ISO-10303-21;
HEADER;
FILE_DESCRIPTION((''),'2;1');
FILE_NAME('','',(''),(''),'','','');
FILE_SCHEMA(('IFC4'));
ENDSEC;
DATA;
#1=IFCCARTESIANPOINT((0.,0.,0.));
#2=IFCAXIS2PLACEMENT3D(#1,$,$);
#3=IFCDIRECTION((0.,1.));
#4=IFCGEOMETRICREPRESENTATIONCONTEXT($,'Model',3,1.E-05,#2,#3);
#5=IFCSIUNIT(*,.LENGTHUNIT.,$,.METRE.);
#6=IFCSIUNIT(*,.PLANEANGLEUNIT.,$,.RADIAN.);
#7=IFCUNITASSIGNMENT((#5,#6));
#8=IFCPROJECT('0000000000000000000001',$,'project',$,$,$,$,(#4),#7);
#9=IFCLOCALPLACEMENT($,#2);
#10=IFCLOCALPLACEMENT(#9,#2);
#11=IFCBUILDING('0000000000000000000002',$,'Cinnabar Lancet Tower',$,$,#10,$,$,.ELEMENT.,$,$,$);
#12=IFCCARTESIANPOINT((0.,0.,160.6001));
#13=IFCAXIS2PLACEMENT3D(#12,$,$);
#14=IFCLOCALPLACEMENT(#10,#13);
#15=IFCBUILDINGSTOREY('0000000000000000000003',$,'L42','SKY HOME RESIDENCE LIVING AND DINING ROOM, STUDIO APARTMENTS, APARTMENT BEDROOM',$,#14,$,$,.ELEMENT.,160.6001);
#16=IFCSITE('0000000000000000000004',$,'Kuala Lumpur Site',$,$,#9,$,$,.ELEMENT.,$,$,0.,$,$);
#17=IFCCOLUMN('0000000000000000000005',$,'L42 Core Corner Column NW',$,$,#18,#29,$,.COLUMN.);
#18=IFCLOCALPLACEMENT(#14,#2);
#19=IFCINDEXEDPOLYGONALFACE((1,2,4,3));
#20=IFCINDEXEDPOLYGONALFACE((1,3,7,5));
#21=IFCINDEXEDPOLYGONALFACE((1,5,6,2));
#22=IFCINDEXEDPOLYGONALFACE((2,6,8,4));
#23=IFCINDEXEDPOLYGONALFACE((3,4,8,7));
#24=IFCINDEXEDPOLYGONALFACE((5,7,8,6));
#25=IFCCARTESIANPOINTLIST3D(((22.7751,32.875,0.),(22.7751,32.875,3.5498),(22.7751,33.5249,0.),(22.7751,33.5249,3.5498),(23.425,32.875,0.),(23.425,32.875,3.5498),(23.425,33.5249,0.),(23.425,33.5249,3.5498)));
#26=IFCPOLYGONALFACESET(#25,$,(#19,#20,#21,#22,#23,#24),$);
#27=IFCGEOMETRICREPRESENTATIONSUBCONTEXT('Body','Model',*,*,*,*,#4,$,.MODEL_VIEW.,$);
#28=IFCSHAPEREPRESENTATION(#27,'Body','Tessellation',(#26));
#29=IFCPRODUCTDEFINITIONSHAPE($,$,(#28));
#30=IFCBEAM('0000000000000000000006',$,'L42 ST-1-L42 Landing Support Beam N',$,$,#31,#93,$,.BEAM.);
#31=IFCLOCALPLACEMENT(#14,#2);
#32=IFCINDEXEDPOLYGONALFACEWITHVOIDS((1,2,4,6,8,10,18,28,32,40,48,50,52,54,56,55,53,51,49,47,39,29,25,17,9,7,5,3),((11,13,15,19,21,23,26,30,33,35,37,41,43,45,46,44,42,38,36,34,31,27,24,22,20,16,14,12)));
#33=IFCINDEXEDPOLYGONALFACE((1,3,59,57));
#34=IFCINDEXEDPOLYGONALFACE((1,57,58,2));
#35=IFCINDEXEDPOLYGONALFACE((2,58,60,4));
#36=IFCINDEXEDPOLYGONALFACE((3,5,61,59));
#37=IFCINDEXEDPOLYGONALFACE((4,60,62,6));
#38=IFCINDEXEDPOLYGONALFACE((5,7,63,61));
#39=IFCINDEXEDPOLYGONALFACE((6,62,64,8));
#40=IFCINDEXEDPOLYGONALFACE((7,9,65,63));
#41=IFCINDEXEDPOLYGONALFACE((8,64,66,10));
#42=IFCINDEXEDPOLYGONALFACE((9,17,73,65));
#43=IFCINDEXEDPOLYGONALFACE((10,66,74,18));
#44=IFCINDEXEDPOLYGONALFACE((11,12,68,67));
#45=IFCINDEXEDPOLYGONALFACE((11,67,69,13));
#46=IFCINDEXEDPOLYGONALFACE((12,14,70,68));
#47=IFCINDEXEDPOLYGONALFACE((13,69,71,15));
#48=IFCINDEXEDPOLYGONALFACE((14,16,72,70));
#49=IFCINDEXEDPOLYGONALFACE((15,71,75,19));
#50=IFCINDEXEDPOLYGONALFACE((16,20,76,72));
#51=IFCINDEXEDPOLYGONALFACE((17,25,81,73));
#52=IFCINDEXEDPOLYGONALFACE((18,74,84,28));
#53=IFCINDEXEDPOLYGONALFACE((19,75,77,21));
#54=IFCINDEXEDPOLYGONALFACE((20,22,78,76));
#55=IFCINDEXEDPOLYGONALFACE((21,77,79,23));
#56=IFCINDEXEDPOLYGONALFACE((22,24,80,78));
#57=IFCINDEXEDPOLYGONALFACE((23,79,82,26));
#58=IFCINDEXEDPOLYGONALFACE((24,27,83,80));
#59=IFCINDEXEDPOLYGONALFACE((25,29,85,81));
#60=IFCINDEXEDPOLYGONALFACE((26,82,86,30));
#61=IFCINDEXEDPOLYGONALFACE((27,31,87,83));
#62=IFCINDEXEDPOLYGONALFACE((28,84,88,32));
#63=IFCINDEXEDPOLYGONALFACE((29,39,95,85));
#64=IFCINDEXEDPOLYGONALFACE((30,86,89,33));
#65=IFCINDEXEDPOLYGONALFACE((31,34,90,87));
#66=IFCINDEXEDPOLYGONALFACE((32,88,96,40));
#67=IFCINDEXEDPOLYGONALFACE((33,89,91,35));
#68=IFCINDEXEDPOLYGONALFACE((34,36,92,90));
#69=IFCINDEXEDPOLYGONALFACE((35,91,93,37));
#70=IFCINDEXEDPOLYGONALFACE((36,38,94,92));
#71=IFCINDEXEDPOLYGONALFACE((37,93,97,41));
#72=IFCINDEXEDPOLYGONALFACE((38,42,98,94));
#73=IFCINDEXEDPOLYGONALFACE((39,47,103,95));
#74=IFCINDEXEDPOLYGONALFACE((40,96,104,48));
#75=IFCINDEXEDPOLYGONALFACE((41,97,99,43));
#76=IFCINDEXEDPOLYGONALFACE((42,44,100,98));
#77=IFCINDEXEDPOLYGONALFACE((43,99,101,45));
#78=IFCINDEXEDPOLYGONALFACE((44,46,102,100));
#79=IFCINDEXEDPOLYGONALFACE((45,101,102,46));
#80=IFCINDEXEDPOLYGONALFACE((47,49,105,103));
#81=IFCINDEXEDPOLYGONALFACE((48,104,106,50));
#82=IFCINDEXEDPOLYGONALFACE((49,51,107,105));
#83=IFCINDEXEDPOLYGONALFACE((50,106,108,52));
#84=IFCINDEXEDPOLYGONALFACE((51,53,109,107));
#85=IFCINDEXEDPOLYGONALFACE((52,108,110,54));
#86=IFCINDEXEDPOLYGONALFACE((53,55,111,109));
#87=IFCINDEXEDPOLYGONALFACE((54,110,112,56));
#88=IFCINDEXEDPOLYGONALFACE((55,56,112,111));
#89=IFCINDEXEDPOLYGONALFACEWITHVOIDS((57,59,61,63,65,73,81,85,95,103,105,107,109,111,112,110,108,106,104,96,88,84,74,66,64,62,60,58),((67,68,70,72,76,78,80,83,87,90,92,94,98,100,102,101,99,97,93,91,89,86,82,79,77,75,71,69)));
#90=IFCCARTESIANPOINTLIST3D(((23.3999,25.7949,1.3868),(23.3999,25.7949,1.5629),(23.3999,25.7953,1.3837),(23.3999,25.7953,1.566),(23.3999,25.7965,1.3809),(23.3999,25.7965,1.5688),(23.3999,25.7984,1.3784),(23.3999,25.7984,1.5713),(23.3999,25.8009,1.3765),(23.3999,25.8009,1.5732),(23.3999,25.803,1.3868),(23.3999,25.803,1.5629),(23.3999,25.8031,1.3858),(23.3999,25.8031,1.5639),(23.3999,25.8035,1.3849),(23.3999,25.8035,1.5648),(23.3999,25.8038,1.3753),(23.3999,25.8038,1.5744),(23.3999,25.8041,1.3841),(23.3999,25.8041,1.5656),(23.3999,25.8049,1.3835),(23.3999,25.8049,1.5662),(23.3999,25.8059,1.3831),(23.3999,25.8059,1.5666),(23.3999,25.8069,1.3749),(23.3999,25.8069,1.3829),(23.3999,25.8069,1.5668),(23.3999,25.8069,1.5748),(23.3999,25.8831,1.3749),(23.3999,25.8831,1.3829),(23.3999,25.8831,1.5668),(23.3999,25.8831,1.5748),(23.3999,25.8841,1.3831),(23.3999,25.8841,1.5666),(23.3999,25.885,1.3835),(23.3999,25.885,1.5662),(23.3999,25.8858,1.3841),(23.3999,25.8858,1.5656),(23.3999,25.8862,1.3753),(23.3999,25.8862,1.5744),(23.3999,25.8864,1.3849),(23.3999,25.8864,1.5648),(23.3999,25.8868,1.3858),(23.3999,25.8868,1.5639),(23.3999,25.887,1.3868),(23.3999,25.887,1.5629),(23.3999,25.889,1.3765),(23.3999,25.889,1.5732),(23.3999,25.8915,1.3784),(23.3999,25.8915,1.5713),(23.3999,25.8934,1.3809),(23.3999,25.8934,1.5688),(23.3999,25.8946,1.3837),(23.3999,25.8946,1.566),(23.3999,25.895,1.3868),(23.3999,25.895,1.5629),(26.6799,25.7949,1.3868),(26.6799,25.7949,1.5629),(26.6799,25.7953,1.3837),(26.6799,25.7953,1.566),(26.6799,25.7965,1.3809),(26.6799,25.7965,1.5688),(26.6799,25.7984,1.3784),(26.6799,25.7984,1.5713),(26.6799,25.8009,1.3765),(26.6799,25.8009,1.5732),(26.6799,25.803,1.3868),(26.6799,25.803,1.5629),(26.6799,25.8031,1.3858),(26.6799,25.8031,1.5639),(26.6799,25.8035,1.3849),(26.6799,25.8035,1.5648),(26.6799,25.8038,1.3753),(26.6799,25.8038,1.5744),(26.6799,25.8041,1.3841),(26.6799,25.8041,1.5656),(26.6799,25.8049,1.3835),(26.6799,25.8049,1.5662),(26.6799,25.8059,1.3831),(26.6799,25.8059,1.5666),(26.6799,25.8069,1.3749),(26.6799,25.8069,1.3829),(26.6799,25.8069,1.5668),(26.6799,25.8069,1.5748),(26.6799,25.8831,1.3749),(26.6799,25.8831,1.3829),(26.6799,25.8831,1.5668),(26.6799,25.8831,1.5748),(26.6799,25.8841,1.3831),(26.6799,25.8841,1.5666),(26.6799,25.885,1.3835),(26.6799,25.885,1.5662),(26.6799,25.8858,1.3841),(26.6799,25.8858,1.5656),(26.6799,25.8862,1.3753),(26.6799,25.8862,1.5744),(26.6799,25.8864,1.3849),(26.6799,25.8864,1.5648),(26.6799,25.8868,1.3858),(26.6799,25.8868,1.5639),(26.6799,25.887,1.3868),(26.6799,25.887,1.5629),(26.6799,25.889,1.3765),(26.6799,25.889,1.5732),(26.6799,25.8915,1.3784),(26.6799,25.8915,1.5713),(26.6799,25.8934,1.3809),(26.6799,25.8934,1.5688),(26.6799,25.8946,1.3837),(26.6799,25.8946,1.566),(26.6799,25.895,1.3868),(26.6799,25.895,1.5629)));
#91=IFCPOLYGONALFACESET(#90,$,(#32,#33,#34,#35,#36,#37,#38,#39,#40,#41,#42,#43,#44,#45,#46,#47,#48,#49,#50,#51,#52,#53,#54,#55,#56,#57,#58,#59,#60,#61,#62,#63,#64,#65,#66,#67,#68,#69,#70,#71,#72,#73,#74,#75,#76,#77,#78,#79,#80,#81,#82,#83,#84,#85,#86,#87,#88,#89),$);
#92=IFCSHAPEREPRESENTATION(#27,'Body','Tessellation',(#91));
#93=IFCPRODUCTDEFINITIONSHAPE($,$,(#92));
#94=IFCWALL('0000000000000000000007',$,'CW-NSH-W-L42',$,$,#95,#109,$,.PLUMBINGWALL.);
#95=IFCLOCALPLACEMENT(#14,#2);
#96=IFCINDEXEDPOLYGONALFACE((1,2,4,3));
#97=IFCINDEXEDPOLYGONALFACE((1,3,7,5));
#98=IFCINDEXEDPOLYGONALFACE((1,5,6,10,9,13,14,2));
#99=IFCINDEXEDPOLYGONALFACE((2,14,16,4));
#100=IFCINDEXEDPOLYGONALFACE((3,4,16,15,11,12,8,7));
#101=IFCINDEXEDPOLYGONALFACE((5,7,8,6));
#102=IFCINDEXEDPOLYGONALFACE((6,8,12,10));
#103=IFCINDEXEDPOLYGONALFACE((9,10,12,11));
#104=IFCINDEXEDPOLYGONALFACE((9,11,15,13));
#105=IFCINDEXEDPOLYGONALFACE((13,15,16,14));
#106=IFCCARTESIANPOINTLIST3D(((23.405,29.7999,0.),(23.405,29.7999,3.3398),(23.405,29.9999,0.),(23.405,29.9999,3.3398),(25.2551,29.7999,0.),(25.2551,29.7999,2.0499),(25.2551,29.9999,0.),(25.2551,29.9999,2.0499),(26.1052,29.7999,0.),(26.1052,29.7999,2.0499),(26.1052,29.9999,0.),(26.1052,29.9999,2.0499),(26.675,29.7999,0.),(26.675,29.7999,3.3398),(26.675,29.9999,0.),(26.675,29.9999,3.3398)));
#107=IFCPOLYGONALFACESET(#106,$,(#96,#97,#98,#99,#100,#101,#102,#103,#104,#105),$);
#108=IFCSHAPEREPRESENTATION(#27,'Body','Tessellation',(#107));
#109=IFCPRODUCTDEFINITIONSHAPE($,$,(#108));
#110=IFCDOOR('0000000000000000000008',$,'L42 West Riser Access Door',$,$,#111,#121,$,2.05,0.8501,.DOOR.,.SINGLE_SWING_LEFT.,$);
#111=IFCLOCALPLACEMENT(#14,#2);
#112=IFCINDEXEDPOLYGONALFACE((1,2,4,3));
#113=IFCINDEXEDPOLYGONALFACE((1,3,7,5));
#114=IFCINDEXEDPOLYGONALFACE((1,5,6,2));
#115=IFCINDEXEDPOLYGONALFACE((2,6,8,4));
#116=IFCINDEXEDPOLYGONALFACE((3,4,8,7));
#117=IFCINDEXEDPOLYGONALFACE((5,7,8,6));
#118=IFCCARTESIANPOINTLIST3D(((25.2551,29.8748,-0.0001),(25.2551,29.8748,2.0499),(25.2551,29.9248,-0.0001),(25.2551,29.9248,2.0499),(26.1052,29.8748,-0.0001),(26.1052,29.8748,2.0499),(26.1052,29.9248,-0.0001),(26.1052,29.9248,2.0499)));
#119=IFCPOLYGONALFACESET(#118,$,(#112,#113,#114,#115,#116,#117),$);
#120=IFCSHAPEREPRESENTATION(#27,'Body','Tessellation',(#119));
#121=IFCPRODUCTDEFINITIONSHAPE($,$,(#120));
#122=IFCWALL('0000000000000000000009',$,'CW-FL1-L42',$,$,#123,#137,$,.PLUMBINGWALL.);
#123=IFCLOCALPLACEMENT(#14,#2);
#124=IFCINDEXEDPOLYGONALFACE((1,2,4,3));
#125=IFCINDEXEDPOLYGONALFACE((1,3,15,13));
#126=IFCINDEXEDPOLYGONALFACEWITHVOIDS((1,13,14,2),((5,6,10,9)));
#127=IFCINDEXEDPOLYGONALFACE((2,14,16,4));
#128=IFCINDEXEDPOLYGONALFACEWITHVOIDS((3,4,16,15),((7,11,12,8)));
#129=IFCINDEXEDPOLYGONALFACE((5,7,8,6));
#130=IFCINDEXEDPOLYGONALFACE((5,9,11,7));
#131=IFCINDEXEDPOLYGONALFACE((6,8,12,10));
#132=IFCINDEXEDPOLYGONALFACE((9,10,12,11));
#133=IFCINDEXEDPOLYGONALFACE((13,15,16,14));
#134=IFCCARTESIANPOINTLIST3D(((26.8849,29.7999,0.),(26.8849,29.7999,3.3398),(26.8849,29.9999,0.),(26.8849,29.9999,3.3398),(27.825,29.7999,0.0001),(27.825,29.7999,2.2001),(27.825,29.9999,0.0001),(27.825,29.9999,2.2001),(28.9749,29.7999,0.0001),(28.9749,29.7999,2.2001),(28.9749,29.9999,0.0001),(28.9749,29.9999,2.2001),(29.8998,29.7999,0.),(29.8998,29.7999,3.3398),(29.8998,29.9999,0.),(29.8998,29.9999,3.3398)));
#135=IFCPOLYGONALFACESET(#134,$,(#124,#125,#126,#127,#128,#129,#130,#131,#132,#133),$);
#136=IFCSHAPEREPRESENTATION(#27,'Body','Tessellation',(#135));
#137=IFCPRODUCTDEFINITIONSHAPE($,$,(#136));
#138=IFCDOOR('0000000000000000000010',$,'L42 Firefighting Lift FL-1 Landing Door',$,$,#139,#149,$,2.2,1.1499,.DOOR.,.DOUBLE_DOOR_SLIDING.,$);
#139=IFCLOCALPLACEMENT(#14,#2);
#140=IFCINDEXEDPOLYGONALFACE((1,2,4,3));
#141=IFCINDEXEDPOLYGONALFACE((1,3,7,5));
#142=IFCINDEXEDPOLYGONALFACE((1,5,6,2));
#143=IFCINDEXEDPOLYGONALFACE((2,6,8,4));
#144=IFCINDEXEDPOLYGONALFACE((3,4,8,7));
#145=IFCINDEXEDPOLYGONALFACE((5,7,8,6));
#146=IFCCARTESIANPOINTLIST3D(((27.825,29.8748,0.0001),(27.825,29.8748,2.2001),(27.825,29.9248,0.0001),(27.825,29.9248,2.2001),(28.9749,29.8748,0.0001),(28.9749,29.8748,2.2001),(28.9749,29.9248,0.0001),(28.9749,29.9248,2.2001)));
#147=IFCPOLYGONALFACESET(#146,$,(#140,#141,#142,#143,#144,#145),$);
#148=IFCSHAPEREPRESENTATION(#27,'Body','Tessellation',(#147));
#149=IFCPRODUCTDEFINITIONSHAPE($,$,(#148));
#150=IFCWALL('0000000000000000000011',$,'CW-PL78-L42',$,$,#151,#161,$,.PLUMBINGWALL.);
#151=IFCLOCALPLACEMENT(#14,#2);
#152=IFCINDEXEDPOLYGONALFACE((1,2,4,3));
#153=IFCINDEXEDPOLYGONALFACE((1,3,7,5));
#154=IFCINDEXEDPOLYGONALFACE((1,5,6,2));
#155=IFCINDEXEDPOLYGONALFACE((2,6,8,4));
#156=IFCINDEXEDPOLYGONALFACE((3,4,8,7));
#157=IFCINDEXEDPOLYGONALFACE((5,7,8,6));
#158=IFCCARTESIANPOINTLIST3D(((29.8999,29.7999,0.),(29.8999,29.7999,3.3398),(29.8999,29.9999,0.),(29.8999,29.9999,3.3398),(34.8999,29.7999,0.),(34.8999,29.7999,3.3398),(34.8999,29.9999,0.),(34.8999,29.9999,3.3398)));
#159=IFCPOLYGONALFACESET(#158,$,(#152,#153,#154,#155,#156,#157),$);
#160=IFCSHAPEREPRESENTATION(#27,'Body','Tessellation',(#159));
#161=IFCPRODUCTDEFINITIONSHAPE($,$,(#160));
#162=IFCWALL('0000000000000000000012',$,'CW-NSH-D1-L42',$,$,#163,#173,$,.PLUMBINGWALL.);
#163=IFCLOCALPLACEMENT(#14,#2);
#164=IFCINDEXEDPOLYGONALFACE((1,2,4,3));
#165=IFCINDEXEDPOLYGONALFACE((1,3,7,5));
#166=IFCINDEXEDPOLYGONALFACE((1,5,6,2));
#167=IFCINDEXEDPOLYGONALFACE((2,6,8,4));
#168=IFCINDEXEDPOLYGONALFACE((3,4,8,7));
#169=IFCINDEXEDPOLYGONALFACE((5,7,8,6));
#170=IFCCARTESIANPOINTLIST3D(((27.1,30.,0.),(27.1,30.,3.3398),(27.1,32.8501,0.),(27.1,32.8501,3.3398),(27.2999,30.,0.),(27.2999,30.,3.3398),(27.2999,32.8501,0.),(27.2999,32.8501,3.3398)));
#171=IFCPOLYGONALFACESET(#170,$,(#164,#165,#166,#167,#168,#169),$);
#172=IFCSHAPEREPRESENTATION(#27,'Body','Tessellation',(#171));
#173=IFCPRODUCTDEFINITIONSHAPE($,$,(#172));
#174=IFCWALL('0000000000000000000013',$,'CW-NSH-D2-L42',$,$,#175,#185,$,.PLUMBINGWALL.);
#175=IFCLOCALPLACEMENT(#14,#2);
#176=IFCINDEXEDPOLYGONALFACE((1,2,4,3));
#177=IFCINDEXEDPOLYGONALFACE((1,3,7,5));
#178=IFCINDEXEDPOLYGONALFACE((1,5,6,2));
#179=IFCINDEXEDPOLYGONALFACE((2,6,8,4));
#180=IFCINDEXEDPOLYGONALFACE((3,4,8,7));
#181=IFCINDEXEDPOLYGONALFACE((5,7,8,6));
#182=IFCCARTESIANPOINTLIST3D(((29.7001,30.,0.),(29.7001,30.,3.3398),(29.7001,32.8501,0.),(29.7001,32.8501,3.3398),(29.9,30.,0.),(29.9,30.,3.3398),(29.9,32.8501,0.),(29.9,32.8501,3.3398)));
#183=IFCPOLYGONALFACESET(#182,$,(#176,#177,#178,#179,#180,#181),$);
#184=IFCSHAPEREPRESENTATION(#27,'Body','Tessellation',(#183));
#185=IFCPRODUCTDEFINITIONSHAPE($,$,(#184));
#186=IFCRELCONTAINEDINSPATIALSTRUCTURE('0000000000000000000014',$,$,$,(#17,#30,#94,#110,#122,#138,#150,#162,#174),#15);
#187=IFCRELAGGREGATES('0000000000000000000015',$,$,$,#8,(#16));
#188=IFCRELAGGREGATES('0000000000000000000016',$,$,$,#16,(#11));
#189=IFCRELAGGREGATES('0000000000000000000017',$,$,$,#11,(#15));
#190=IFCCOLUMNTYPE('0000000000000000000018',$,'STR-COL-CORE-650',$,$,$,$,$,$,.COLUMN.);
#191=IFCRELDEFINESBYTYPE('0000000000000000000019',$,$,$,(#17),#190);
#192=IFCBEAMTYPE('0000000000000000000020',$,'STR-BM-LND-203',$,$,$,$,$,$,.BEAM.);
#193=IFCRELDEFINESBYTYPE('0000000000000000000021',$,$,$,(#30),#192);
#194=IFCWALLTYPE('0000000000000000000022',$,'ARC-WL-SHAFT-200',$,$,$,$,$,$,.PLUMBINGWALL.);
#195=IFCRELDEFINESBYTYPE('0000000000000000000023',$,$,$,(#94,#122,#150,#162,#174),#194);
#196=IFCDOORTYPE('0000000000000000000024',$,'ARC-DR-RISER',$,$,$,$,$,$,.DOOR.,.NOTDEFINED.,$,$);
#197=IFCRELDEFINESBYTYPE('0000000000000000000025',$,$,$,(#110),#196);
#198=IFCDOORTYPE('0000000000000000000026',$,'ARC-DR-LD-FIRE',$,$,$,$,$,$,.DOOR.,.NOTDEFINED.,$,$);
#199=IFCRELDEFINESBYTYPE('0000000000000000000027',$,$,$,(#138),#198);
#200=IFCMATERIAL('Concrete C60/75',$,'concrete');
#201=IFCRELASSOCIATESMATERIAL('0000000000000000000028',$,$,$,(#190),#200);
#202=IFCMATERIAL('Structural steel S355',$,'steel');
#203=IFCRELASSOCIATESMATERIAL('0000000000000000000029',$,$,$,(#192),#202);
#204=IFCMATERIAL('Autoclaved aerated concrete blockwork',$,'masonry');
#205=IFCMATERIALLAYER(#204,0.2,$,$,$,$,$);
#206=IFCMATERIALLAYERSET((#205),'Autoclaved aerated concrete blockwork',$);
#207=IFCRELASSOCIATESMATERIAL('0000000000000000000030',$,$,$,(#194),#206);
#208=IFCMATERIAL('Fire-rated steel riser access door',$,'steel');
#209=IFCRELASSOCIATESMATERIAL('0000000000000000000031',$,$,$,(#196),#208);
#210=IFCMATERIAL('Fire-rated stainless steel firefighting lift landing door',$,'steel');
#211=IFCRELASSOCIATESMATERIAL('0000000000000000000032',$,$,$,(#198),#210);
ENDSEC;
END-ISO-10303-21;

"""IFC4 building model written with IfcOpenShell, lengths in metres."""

from ifc_helpers import new_model, si_unit, direction, frame, frame_2d, origin, origin_2d, place, context, subcontext, project, spatial, rectangle, hollow_rectangle, extrude, material, layer, layer_set, material_profile, profile_set, type_object, element, fill, save


model = new_model("IFC4")

# Units and contexts
model_context = context("Model", 3, precision=1e-05, world=origin(), true_north=direction((0.0, 1.0)))
body_context = subcontext(model_context, "Body", "Model", "MODEL_VIEW")
ifc_project = project(units=[si_unit("LENGTHUNIT", "METRE"), si_unit("PLANEANGLEUNIT", "RADIAN")], contexts=[model_context])

# Site, building, storey
site_placement = place(None, origin())
site = spatial("IfcSite", under=ifc_project, at=site_placement, Name="Kuala Lumpur Site", CompositionType="ELEMENT", RefElevation=0.0)
building_placement = place(site_placement, origin())
building = spatial("IfcBuilding", under=site, at=building_placement, Name="Cinnabar Lancet Tower", CompositionType="ELEMENT")
storey_placement = place(building_placement, frame((0.0, 0.0, 160.6001)))
storey = spatial("IfcBuildingStorey", under=building, at=storey_placement, Name="L42", Description="SKY HOME RESIDENCE LIVING AND DINING ROOM, STUDIO APARTMENTS, APARTMENT BEDROOM", CompositionType="ELEMENT", Elevation=160.6001)

# Column
ifc_material_1 = material(Name="Concrete C60/75", Category="concrete")
ifc_material_profile_1 = material_profile(ifc_material_1, rectangle(XDim=0.6499, YDim=0.6499, at=origin_2d()), Name="RC-COL 650x650")
ifc_profile_set_1 = profile_set([ifc_material_profile_1], Name="Concrete C60/75")
column_type = type_object("IfcColumnType", Name="STR-COL-CORE-650", PredefinedType="COLUMN", material=ifc_profile_set_1)
column_placement = place(storey_placement, frame((23.1001, 33.2, 0.0), z_axis=(0.0, 0.0, 1.0), x_axis=(1.0, 0.0, 0.0)))
element("IfcColumn", 1, at=column_placement, inside=storey, type_object=column_type, Name="L42 Core Corner Column NW", PredefinedType="COLUMN", context=body_context, shape_type="SweptSolid", body=[
    extrude(rectangle(XDim=0.6499, YDim=0.6499, at=origin_2d()), origin(), (0.0, 0.0, 1.0), 3.5498),
])

# Beam
ifc_material_2 = material(Name="Structural steel S355", Category="steel")
ifc_material_profile_2 = material_profile(ifc_material_2, hollow_rectangle(XDim=0.1001, YDim=0.2, WallThickness=0.0081, InnerFilletRadius=0.0039, OuterFilletRadius=0.012, at=origin_2d()), Name="RHS 200x100x8")
ifc_profile_set_2 = profile_set([ifc_material_profile_2], Name="Structural steel S355")
beam_type = type_object("IfcBeamType", Name="STR-BM-LND-203", PredefinedType="BEAM", material=ifc_profile_set_2)
beam_placement = place(storey_placement, frame((23.3999, 25.845, 1.4749), z_axis=(1.0, 0.0, 0.0), x_axis=(0.0, 1.0, 0.0)))
element("IfcBeam", 2, at=beam_placement, inside=storey, type_object=beam_type, Name="L42 ST-1-L42 Landing Support Beam N", PredefinedType="BEAM", context=body_context, shape_type="SweptSolid", body=[
    extrude(hollow_rectangle(XDim=0.1001, YDim=0.2, WallThickness=0.0081, InnerFilletRadius=0.0039, OuterFilletRadius=0.012, at=origin_2d()), origin(), (0.0, 0.0, 1.0), 3.28),
])

# Walls, openings, doors
ifc_material_3 = material(Name="Autoclaved aerated concrete blockwork", Category="masonry")
ifc_layer_1 = layer(ifc_material_3, 0.2)
ifc_layer_set_1 = layer_set([ifc_layer_1], Name="Autoclaved aerated concrete blockwork")
wall_type_1 = type_object("IfcWallType", Name="ARC-WL-SHAFT-200", PredefinedType="PLUMBINGWALL", material=ifc_layer_set_1)
wall_1_placement = place(storey_placement, frame((23.405, 29.8999, 0.0), z_axis=(0.0, 0.0, 1.0), x_axis=(1.0, 0.0, 0.0)))
wall_1 = element("IfcWall", 3, at=wall_1_placement, inside=storey, type_object=wall_type_1, Name="CW-NSH-W-L42", PredefinedType="PLUMBINGWALL", context=body_context, shape_type="SweptSolid", body=[
    extrude(rectangle(XDim=3.27, YDim=0.2, at=frame_2d((1.635, 0.0))), origin(), (0.0, 0.0, 1.0), 3.3398),
])
opening_1_placement = place(wall_1_placement, frame((1.8501, 0.0, 0.0)))
opening_1 = element("IfcOpeningElement", 4, at=opening_1_placement, cuts=wall_1, PredefinedType="OPENING", context=body_context, shape_type="SweptSolid", body=[
    extrude(rectangle(XDim=0.8501, YDim=2.05, at=frame_2d((0.425, 1.0249))), frame((0.0, 0.1099, 0.0), z_axis=(0.0, -1.0, 0.0), x_axis=(1.0, 0.0, 0.0)), (0.0, 0.0, 1.0), 0.22),
])
ifc_material_4 = material(Name="Fire-rated steel riser access door", Category="steel")
door_type_1 = type_object("IfcDoorType", Name="ARC-DR-RISER", OperationType="NOTDEFINED", PredefinedType="DOOR", material=ifc_material_4)
door_1_placement = place(opening_1_placement, origin())
door_1 = element("IfcDoor", 5, at=door_1_placement, inside=storey, type_object=door_type_1, Name="L42 West Riser Access Door", OperationType="SINGLE_SWING_LEFT", OverallHeight=2.05, OverallWidth=0.8501, PredefinedType="DOOR", context=body_context, shape_type="SweptSolid", body=[
    extrude(rectangle(XDim=0.8501, YDim=2.05, at=frame_2d((0.425, 1.0249))), frame((0.0, 0.0249, 0.0), z_axis=(0.0, -1.0, 0.0), x_axis=(1.0, 0.0, 0.0)), (0.0, 0.0, 1.0), 0.05),
])
fill(opening_1, door_1)
wall_2_placement = place(storey_placement, frame((26.885, 29.8999, 0.0), z_axis=(0.0, 0.0, 1.0), x_axis=(1.0, 0.0, 0.0)))
wall_2 = element("IfcWall", 6, at=wall_2_placement, inside=storey, type_object=wall_type_1, Name="CW-FL1-L42", PredefinedType="PLUMBINGWALL", context=body_context, shape_type="SweptSolid", body=[
    extrude(rectangle(XDim=3.0149, YDim=0.2, at=frame_2d((1.5073, 0.0))), origin(), (0.0, 0.0, 1.0), 3.3398),
])
opening_2_placement = place(wall_2_placement, frame((0.9399, 0.0, 0.0)))
opening_2 = element("IfcOpeningElement", 7, at=opening_2_placement, cuts=wall_2, PredefinedType="OPENING", context=body_context, shape_type="SweptSolid", body=[
    extrude(rectangle(XDim=1.1499, YDim=2.2, at=frame_2d((0.575, 1.1001))), frame((0.0, 0.1099, 0.0), z_axis=(0.0, -1.0, 0.0), x_axis=(1.0, 0.0, 0.0)), (0.0, 0.0, 1.0), 0.22),
])
ifc_material_5 = material(Name="Fire-rated stainless steel firefighting lift landing door", Category="steel")
door_type_2 = type_object("IfcDoorType", Name="ARC-DR-LD-FIRE", OperationType="NOTDEFINED", PredefinedType="DOOR", material=ifc_material_5)
door_2_placement = place(opening_2_placement, origin())
door_2 = element("IfcDoor", 8, at=door_2_placement, inside=storey, type_object=door_type_2, Name="L42 Firefighting Lift FL-1 Landing Door", OperationType="DOUBLE_DOOR_SLIDING", OverallHeight=2.2, OverallWidth=1.1499, PredefinedType="DOOR", context=body_context, shape_type="SweptSolid", body=[
    extrude(rectangle(XDim=1.1499, YDim=2.2, at=frame_2d((0.575, 1.1001))), frame((0.0, 0.0249, 0.0), z_axis=(0.0, -1.0, 0.0), x_axis=(1.0, 0.0, 0.0)), (0.0, 0.0, 1.0), 0.05),
])
fill(opening_2, door_2)

# Walls
wall_3_placement = place(storey_placement, frame((29.8999, 29.8999, 0.0), z_axis=(0.0, 0.0, 1.0), x_axis=(1.0, 0.0, 0.0)))
element("IfcWall", 9, at=wall_3_placement, inside=storey, type_object=wall_type_1, Name="CW-PL78-L42", PredefinedType="PLUMBINGWALL", context=body_context, shape_type="SweptSolid", body=[
    extrude(rectangle(XDim=5.0, YDim=0.2, at=frame_2d((2.5, 0.0))), origin(), (0.0, 0.0, 1.0), 3.3398),
])
for number, where, z_axis, x_axis, name in (
    (10, (27.2, 30.0, 0.0), (0.0, 0.0, 1.0), (0.0, 1.0, 0.0), "CW-NSH-D1-L42"),
    (11, (29.8, 30.0, 0.0), (0.0, 0.0, 1.0), (0.0, 1.0, 0.0), "CW-NSH-D2-L42"),
):
    element("IfcWall", number, at=place(storey_placement, frame(where, z_axis=z_axis, x_axis=x_axis)), inside=storey, type_object=wall_type_1, Name=name, PredefinedType="PLUMBINGWALL", context=body_context, shape_type="SweptSolid", body=[
        extrude(rectangle(XDim=2.8501, YDim=0.2, at=frame_2d((1.425, 0.0))), origin(), (0.0, 0.0, 1.0), 3.3398),
    ])

save(model, "model.ifc")
